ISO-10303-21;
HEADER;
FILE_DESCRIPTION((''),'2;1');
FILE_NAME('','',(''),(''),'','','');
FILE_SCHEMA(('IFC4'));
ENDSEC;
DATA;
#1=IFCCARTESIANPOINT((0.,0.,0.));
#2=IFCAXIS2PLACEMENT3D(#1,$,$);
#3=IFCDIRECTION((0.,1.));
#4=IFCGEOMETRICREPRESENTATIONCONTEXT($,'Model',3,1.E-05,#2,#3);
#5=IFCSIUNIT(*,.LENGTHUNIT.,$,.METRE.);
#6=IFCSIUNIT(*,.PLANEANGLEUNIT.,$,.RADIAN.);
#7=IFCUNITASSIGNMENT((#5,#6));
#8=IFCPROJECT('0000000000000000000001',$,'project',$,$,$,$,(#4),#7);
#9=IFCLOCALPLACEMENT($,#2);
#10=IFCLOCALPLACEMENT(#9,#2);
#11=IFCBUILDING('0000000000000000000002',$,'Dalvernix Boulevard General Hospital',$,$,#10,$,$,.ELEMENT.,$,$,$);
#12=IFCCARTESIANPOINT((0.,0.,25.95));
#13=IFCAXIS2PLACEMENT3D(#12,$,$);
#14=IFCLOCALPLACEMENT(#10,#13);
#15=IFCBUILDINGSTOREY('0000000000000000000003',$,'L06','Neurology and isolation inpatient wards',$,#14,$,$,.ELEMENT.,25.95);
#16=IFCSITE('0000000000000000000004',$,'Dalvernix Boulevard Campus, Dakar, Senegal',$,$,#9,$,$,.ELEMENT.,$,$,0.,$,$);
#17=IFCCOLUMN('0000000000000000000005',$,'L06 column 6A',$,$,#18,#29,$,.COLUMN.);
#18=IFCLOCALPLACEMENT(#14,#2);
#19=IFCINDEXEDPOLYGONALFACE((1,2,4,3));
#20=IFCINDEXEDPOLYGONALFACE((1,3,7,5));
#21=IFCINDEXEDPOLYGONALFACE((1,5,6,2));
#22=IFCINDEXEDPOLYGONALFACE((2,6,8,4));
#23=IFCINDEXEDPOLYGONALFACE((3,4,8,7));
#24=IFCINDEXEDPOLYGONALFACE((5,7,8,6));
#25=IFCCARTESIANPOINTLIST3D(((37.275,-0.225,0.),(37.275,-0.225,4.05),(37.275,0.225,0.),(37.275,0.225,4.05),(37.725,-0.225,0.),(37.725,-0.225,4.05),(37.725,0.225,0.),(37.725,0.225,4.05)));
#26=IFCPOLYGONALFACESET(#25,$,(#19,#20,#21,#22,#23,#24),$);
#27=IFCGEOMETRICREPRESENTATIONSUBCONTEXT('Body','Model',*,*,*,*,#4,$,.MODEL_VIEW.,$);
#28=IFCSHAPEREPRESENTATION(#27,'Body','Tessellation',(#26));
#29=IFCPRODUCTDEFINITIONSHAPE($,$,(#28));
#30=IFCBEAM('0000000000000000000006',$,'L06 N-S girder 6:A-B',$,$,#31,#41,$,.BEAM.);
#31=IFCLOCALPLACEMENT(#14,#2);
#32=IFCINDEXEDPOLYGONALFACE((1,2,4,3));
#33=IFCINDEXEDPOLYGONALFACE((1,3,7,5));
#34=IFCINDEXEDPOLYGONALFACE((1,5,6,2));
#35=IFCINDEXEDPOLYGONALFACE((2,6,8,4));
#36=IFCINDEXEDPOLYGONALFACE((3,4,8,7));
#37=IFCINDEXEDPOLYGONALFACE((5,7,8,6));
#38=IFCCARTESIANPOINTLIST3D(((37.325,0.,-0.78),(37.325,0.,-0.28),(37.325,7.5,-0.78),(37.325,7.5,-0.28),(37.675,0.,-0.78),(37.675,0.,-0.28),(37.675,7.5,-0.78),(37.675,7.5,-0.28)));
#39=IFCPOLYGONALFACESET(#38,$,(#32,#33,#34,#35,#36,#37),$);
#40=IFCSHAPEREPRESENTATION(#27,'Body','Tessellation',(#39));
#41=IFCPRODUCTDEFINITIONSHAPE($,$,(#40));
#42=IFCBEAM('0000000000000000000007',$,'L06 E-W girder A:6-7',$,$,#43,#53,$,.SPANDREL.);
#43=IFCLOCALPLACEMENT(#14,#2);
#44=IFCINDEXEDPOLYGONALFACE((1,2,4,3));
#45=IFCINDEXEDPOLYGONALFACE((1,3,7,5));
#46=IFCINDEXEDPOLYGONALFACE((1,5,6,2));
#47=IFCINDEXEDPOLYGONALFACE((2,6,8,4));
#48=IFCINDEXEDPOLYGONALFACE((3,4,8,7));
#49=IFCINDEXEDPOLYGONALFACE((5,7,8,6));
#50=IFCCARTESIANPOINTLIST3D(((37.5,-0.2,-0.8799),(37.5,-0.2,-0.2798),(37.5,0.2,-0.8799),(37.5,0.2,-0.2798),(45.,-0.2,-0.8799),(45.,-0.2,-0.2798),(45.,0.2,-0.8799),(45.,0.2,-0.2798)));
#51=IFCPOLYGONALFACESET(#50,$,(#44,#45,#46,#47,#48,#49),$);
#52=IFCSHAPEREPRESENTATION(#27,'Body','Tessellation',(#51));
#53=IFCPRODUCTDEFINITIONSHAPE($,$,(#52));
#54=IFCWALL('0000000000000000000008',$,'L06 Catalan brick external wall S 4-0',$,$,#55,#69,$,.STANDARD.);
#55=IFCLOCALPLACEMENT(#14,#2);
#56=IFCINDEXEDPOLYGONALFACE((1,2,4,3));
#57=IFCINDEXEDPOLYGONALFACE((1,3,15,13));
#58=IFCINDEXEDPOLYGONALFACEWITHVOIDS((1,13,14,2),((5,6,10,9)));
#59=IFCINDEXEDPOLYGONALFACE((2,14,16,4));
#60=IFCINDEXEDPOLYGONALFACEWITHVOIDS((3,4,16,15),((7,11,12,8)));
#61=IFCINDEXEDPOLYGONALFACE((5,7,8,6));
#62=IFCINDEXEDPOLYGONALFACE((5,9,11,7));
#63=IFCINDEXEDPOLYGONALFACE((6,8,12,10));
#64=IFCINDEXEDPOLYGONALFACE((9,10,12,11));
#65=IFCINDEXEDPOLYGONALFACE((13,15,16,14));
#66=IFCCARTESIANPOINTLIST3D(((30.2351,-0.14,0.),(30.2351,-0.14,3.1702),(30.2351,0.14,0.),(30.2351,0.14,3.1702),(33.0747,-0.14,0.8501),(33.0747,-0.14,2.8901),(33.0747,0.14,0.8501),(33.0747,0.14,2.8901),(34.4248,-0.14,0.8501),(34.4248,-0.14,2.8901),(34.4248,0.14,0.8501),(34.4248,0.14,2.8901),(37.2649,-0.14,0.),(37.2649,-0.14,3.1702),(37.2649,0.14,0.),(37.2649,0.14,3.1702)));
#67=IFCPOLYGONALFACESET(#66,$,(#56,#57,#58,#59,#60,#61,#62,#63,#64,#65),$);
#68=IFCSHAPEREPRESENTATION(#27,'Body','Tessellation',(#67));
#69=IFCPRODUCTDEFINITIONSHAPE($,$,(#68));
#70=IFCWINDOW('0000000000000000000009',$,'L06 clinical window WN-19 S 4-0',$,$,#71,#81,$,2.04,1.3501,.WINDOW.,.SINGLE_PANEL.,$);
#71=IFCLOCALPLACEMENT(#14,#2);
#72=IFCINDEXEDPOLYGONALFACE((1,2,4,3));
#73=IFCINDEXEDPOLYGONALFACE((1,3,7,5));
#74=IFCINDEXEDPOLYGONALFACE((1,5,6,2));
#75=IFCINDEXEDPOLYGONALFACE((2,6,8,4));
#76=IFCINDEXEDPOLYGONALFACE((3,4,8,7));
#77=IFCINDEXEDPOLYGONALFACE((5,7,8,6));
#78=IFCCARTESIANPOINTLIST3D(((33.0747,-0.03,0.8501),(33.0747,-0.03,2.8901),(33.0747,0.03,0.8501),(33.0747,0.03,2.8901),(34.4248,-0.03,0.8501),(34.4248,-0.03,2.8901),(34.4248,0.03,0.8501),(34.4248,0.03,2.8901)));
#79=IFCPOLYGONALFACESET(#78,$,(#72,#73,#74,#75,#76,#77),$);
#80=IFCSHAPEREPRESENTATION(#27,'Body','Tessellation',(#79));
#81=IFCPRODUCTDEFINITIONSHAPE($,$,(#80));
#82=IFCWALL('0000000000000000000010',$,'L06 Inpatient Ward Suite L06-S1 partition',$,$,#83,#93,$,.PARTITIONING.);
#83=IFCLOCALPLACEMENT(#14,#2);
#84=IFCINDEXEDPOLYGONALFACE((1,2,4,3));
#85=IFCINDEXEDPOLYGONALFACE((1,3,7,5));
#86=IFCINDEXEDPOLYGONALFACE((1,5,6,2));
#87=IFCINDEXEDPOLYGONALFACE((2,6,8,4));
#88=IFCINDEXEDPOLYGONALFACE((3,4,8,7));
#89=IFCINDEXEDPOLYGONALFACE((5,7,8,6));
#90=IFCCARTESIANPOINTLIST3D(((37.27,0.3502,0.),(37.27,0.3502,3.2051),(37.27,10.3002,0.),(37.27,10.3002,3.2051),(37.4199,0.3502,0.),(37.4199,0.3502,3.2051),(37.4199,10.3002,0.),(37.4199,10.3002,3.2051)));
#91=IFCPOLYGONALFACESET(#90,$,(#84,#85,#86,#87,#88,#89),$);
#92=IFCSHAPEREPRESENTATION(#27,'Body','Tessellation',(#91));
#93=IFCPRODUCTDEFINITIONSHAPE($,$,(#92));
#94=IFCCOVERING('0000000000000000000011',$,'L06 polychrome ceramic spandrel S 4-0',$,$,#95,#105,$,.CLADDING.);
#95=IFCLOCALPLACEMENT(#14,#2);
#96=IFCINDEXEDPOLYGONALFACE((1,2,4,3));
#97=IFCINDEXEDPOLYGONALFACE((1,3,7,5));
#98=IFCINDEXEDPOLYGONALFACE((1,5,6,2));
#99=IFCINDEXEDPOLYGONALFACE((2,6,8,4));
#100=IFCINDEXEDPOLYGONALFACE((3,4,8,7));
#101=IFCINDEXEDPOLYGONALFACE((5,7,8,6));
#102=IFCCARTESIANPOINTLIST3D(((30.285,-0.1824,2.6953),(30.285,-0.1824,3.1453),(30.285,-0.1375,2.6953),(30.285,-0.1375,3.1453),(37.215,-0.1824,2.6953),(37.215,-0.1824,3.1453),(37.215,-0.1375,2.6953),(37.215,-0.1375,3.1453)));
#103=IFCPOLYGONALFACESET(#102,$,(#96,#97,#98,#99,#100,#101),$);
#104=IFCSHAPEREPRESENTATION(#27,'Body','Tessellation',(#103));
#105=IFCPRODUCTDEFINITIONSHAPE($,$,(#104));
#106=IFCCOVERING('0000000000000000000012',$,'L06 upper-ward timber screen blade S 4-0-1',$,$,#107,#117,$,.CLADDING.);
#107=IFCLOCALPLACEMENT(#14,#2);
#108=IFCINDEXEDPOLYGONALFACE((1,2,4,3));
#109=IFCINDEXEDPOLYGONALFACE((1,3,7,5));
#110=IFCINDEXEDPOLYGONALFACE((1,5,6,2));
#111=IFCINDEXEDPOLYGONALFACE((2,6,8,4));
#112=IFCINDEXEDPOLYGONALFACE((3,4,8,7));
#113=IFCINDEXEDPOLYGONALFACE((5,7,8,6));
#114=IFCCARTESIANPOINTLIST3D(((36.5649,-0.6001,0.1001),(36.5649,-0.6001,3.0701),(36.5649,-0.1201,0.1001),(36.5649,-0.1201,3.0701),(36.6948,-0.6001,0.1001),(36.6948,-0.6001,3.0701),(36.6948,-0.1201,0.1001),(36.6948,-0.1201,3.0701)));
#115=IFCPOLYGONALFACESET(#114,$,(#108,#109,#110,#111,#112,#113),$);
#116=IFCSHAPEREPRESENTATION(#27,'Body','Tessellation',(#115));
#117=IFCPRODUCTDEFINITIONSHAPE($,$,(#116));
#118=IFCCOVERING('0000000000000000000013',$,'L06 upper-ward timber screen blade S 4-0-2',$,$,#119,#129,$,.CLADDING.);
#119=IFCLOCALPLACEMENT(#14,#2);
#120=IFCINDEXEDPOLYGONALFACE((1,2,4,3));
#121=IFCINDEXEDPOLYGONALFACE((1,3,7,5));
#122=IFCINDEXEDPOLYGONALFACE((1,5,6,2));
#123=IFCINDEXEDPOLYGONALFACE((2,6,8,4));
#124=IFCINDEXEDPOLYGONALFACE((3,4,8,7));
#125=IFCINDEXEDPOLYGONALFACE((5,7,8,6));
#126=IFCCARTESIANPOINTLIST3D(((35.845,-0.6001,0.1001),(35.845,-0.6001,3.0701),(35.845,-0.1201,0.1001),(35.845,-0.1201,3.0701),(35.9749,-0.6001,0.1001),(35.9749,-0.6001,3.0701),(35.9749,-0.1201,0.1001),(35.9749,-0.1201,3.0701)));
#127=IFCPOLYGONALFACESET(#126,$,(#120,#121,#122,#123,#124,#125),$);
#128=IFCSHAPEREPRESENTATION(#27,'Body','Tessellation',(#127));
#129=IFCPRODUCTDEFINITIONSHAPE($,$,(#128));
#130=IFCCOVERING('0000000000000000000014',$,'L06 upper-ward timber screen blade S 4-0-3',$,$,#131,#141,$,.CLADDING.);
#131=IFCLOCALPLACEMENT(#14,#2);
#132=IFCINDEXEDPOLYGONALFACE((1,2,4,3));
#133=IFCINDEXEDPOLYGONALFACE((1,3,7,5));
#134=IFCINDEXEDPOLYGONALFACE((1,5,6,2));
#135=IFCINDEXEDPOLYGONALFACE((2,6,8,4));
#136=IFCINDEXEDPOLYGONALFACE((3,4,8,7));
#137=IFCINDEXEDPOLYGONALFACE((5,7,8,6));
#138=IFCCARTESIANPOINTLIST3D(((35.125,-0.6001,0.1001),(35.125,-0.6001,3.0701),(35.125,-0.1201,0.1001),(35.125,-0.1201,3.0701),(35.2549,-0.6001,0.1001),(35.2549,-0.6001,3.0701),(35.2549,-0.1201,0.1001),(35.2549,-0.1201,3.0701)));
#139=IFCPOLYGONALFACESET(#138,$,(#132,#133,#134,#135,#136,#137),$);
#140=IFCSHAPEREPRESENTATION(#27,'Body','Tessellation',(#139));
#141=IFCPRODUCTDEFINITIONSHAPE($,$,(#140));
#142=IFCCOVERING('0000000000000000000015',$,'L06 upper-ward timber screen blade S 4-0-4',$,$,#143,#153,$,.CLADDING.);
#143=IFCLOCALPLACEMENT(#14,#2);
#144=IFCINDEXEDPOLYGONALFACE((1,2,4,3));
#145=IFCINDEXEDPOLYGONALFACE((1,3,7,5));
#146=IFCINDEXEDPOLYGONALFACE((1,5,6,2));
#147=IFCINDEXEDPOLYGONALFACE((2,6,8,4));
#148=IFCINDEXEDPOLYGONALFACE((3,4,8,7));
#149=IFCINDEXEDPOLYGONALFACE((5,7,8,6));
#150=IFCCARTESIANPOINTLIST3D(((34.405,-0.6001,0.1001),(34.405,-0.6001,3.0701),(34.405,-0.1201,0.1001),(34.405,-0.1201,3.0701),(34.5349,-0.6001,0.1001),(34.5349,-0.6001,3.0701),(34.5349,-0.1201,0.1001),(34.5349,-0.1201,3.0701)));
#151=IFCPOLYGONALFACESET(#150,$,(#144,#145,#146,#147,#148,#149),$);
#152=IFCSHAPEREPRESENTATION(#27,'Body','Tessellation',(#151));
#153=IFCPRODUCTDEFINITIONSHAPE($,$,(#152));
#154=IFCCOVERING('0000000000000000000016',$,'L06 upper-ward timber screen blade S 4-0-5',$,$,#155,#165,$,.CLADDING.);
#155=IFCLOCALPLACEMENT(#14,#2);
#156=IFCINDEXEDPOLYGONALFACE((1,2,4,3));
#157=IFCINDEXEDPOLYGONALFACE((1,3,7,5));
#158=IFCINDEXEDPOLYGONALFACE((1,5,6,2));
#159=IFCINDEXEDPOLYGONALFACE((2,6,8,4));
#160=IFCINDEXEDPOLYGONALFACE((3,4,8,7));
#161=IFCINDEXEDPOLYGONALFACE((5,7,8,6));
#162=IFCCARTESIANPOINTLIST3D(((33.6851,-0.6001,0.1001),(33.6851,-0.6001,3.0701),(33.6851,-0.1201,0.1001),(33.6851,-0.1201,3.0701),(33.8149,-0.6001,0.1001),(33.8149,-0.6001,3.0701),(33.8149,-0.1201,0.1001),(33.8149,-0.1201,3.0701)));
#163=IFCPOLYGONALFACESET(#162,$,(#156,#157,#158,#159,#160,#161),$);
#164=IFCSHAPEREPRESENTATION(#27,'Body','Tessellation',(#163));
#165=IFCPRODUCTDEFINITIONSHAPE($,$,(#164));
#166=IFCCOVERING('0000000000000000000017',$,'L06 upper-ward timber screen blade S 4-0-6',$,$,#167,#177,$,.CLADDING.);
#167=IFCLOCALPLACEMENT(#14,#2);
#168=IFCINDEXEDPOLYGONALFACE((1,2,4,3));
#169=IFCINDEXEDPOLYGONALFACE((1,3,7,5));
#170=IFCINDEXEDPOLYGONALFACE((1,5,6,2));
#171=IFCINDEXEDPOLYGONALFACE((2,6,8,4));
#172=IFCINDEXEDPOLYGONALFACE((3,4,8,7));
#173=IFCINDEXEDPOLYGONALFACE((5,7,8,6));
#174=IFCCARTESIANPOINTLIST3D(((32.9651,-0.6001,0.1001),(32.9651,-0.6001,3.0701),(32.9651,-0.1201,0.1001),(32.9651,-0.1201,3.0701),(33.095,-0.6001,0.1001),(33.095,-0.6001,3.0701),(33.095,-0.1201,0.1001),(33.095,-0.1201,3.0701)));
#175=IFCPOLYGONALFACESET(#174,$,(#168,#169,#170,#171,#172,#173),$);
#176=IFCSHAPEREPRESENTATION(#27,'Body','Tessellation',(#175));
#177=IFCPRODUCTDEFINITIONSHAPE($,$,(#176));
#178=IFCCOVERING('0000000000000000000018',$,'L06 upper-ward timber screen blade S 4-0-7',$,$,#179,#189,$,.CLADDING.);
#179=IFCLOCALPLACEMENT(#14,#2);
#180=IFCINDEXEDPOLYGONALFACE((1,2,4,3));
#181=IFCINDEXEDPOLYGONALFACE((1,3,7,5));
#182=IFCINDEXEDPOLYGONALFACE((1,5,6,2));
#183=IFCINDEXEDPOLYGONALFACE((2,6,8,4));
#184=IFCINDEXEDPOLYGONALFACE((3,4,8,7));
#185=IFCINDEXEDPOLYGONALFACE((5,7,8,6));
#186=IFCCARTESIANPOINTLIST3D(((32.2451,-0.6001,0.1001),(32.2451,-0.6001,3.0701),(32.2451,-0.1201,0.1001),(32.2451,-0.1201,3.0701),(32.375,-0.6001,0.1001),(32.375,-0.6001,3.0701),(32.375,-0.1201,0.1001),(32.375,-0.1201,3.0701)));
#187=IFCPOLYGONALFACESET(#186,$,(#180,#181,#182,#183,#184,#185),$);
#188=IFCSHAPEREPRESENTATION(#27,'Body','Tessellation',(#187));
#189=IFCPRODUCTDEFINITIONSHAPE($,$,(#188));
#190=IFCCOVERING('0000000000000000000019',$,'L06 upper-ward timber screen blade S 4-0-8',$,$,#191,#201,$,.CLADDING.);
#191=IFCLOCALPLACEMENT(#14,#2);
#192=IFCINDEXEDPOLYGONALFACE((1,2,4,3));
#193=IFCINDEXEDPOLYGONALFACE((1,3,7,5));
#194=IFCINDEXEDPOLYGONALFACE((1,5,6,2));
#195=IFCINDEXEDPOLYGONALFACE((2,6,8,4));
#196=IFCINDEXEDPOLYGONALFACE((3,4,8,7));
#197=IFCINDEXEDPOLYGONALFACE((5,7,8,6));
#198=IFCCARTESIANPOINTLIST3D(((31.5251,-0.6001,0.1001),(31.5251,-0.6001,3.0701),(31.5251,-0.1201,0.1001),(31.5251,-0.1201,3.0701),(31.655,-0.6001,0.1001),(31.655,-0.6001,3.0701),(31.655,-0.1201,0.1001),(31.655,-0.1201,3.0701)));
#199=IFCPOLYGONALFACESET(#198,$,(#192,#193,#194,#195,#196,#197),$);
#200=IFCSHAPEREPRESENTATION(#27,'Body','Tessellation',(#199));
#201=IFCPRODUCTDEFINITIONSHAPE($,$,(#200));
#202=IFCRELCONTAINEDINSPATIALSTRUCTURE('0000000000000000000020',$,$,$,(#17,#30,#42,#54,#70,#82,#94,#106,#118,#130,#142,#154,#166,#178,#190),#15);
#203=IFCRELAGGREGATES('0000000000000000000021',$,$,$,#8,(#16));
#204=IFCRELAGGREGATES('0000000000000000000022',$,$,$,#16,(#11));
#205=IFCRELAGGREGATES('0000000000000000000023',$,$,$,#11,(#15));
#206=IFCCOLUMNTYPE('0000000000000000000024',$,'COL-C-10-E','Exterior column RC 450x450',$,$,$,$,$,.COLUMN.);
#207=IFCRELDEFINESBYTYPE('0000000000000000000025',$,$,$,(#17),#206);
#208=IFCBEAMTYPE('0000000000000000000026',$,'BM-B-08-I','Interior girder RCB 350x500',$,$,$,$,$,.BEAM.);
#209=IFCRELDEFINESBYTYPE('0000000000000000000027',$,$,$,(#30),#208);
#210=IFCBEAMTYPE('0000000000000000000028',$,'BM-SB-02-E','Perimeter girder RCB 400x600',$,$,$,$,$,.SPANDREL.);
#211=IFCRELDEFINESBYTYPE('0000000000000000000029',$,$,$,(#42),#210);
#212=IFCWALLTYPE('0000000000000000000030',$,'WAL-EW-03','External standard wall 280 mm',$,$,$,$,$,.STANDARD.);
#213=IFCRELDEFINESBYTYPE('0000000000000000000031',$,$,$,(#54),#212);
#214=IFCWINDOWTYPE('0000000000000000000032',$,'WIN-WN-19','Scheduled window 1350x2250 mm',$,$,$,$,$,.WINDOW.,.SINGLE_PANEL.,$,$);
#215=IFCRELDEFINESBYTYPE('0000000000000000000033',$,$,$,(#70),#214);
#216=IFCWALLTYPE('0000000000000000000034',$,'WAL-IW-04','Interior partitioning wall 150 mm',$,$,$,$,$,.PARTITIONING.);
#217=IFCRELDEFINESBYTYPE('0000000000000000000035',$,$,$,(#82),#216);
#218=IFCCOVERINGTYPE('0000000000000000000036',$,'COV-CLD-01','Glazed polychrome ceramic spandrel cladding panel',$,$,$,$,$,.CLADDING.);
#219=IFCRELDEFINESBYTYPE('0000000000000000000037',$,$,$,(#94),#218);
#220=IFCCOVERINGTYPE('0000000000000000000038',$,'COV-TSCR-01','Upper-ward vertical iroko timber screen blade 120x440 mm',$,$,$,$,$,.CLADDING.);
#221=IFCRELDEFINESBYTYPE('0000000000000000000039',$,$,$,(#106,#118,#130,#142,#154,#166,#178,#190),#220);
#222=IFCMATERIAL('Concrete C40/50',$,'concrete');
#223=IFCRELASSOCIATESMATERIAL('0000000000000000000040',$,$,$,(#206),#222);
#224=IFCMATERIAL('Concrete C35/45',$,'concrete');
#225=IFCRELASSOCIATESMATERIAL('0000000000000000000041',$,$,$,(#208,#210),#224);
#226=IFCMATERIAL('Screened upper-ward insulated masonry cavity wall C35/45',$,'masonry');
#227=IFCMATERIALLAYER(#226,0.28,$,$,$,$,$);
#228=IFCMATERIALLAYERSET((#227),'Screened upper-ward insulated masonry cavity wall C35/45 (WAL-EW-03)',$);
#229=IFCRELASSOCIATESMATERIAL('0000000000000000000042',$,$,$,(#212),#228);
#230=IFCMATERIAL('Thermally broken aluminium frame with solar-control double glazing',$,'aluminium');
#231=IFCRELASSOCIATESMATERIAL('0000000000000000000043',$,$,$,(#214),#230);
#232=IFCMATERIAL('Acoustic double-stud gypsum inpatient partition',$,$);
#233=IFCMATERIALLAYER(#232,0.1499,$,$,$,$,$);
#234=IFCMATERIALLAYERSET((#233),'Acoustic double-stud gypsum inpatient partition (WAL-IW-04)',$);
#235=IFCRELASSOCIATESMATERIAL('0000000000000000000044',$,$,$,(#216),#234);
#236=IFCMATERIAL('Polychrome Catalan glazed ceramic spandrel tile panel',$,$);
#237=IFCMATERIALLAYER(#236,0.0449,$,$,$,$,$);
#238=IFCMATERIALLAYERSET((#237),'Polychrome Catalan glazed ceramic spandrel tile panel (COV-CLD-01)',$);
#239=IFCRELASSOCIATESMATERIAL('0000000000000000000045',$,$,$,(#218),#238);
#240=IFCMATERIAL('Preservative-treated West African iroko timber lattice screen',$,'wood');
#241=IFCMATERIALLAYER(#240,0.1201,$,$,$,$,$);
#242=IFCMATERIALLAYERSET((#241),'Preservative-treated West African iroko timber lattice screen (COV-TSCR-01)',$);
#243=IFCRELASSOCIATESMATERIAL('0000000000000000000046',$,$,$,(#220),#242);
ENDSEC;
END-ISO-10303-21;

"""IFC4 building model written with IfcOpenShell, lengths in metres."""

from ifc_helpers import new_model, si_unit, direction, frame, frame_2d, origin, origin_2d, place, context, subcontext, project, spatial, rectangle, extrude, material, layer, layer_set, material_profile, profile_set, type_object, element, fill, save


model = new_model("IFC4")

# Units and contexts
model_context = context("Model", 3, precision=1e-05, world=origin(), true_north=direction((0.0, 1.0)))
body_context = subcontext(model_context, "Body", "Model", "MODEL_VIEW")
ifc_project = project(units=[si_unit("LENGTHUNIT", "METRE"), si_unit("PLANEANGLEUNIT", "RADIAN")], contexts=[model_context])

# Site, building, storey
site_placement = place(None, origin())
site = spatial("IfcSite", under=ifc_project, at=site_placement, Name="Dalvernix Boulevard Campus, Dakar, Senegal", CompositionType="ELEMENT", RefElevation=0.0)
building_placement = place(site_placement, origin())
building = spatial("IfcBuilding", under=site, at=building_placement, Name="Dalvernix Boulevard General Hospital", CompositionType="ELEMENT")
storey_placement = place(building_placement, frame((0.0, 0.0, 25.95)))
storey = spatial("IfcBuildingStorey", under=building, at=storey_placement, Name="L06", Description="Neurology and isolation inpatient wards", CompositionType="ELEMENT", Elevation=25.95)

# Column
ifc_material_1 = material(Name="Concrete C40/50", Category="concrete")
ifc_material_profile_1 = material_profile(ifc_material_1, rectangle(XDim=0.45, YDim=0.45, at=origin_2d()), Name="RC 450x450")
ifc_profile_set_1 = profile_set([ifc_material_profile_1], Name="Concrete C40/50")
column_type = type_object("IfcColumnType", Name="COL-C-10-E", Description="Exterior column RC 450x450", PredefinedType="COLUMN", material=ifc_profile_set_1)
column_placement = place(storey_placement, frame((37.5, 0.0, 0.0), z_axis=(0.0, 0.0, 1.0), x_axis=(1.0, 0.0, 0.0)))
element("IfcColumn", 1, at=column_placement, inside=storey, type_object=column_type, Name="L06 column 6A", PredefinedType="COLUMN", context=body_context, shape_type="SweptSolid", body=[
    extrude(rectangle(XDim=0.45, YDim=0.45, at=origin_2d()), origin(), (0.0, 0.0, 1.0), 4.05),
])

# Beams
ifc_material_2 = material(Name="Concrete C35/45", Category="concrete")
ifc_material_profile_2 = material_profile(ifc_material_2, rectangle(XDim=0.3501, YDim=0.5, at=origin_2d()), Name="RCB 350x500")
ifc_profile_set_2 = profile_set([ifc_material_profile_2], Name="Concrete C35/45")
beam_type_1 = type_object("IfcBeamType", Name="BM-B-08-I", Description="Interior girder RCB 350x500", PredefinedType="BEAM", material=ifc_profile_set_2)
beam_1_placement = place(storey_placement, frame((37.5, 0.0, -0.53), z_axis=(0.0, 1.0, 0.0), x_axis=(-1.0, 0.0, 0.0)))
element("IfcBeam", 2, at=beam_1_placement, inside=storey, type_object=beam_type_1, Name="L06 N-S girder 6:A-B", PredefinedType="BEAM", context=body_context, shape_type="SweptSolid", body=[
    extrude(rectangle(XDim=0.3501, YDim=0.5, at=origin_2d()), origin(), (0.0, 0.0, 1.0), 7.5),
])
ifc_material_profile_3 = material_profile(ifc_material_2, rectangle(XDim=0.3999, YDim=0.6001, at=origin_2d()), Name="RCB 400x600")
ifc_profile_set_3 = profile_set([ifc_material_profile_3], Name="Concrete C35/45")
beam_type_2 = type_object("IfcBeamType", Name="BM-SB-02-E", Description="Perimeter girder RCB 400x600", PredefinedType="SPANDREL", material=ifc_profile_set_3)
beam_2_placement = place(storey_placement, frame((37.5, 0.0, -0.5798), z_axis=(1.0, 0.0, 0.0), x_axis=(0.0, 1.0, 0.0)))
element("IfcBeam", 3, at=beam_2_placement, inside=storey, type_object=beam_type_2, Name="L06 E-W girder A:6-7", PredefinedType="SPANDREL", context=body_context, shape_type="SweptSolid", body=[
    extrude(rectangle(XDim=0.3999, YDim=0.6001, at=origin_2d()), origin(), (0.0, 0.0, 1.0), 7.5),
])

# Wall, opening, window
ifc_material_3 = material(Name="Screened upper-ward insulated masonry cavity wall C35/45", Category="masonry")
ifc_layer_1 = layer(ifc_material_3, 0.28)
ifc_layer_set_1 = layer_set([ifc_layer_1], Name="Screened upper-ward insulated masonry cavity wall C35/45 (WAL-EW-03)")
wall_type_1 = type_object("IfcWallType", Name="WAL-EW-03", Description="External standard wall 280 mm", PredefinedType="STANDARD", material=ifc_layer_set_1)
wall_1_placement = place(storey_placement, frame((37.2649, 0.0, 0.0), z_axis=(0.0, 0.0, 1.0), x_axis=(-1.0, 0.0, 0.0)))
wall_1 = element("IfcWall", 4, at=wall_1_placement, inside=storey, type_object=wall_type_1, Name="L06 Catalan brick external wall S 4-0", PredefinedType="STANDARD", context=body_context, shape_type="SweptSolid", body=[
    extrude(rectangle(XDim=7.0298, YDim=0.28, at=frame_2d((3.5149, 0.0))), origin(), (0.0, 0.0, 1.0), 3.1702),
])
opening_placement = place(wall_1_placement, frame((2.8401, 0.0, 0.8501)))
opening = element("IfcOpeningElement", 5, at=opening_placement, cuts=wall_1, PredefinedType="OPENING", context=body_context, shape_type="SweptSolid", body=[
    extrude(rectangle(XDim=1.3501, YDim=2.04, at=frame_2d((0.675, 1.02))), frame((0.0, 0.1499, 0.0), z_axis=(0.0, -1.0, 0.0), x_axis=(1.0, 0.0, 0.0)), (0.0, 0.0, 1.0), 0.3),
])
ifc_material_4 = material(Name="Thermally broken aluminium frame with solar-control double glazing", Category="aluminium")
window_type = type_object("IfcWindowType", Name="WIN-WN-19", Description="Scheduled window 1350x2250 mm", PartitioningType="SINGLE_PANEL", PredefinedType="WINDOW", material=ifc_material_4)
window_placement = place(opening_placement, origin())
window = element("IfcWindow", 6, at=window_placement, inside=storey, type_object=window_type, Name="L06 clinical window WN-19 S 4-0", OverallHeight=2.04, OverallWidth=1.3501, PartitioningType="SINGLE_PANEL", PredefinedType="WINDOW", context=body_context, shape_type="SweptSolid", body=[
    extrude(rectangle(XDim=1.3501, YDim=2.04, at=frame_2d((0.675, 1.02))), frame((0.0, 0.03, 0.0), z_axis=(0.0, -1.0, 0.0), x_axis=(1.0, 0.0, 0.0)), (0.0, 0.0, 1.0), 0.0601),
])
fill(opening, window)

# Wall
ifc_material_5 = material(Name="Acoustic double-stud gypsum inpatient partition")
ifc_layer_2 = layer(ifc_material_5, 0.1499)
ifc_layer_set_2 = layer_set([ifc_layer_2], Name="Acoustic double-stud gypsum inpatient partition (WAL-IW-04)")
wall_type_2 = type_object("IfcWallType", Name="WAL-IW-04", Description="Interior partitioning wall 150 mm", PredefinedType="PARTITIONING", material=ifc_layer_set_2)
wall_2_placement = place(storey_placement, frame((37.345, 0.3501, 0.0), z_axis=(0.0, 0.0, 1.0), x_axis=(0.0, 1.0, 0.0)))
element("IfcWall", 7, at=wall_2_placement, inside=storey, type_object=wall_type_2, Name="L06 Inpatient Ward Suite L06-S1 partition", PredefinedType="PARTITIONING", context=body_context, shape_type="SweptSolid", body=[
    extrude(rectangle(XDim=9.95, YDim=0.1499, at=frame_2d((4.9751, 0.0))), origin(), (0.0, 0.0, 1.0), 3.2051),
])

# Coverings
ifc_material_6 = material(Name="Polychrome Catalan glazed ceramic spandrel tile panel")
ifc_layer_3 = layer(ifc_material_6, 0.0449)
ifc_layer_set_3 = layer_set([ifc_layer_3], Name="Polychrome Catalan glazed ceramic spandrel tile panel (COV-CLD-01)")
covering_type_1 = type_object("IfcCoveringType", Name="COV-CLD-01", Description="Glazed polychrome ceramic spandrel cladding panel", PredefinedType="CLADDING", material=ifc_layer_set_3)
covering_placement = place(storey_placement, frame((33.75, -0.1599, 2.6953), z_axis=(0.0, 0.0, 1.0), x_axis=(-1.0, 0.0, 0.0)))
element("IfcCovering", 8, at=covering_placement, inside=storey, type_object=covering_type_1, Name="L06 polychrome ceramic spandrel S 4-0", PredefinedType="CLADDING", context=body_context, shape_type="SweptSolid", body=[
    extrude(rectangle(XDim=6.9299, YDim=0.0449, at=origin_2d()), origin(), (0.0, 0.0, 1.0), 0.45),
])
ifc_material_7 = material(Name="Preservative-treated West African iroko timber lattice screen", Category="wood")
ifc_layer_4 = layer(ifc_material_7, 0.1201)
ifc_layer_set_4 = layer_set([ifc_layer_4], Name="Preservative-treated West African iroko timber lattice screen (COV-TSCR-01)")
covering_type_2 = type_object("IfcCoveringType", Name="COV-TSCR-01", Description="Upper-ward vertical iroko timber screen blade 120x440 mm", PredefinedType="CLADDING", material=ifc_layer_set_4)
for number, where, z_axis, x_axis, name in (
    (9, (36.6299, -0.3601, 0.1001), (0.0, 0.0, 1.0), (-1.0, 0.0, 0.0), "L06 upper-ward timber screen blade S 4-0-1"),
    (10, (35.9099, -0.3601, 0.1001), (0.0, 0.0, 1.0), (-1.0, 0.0, 0.0), "L06 upper-ward timber screen blade S 4-0-2"),
    (11, (35.1899, -0.3601, 0.1001), (0.0, 0.0, 1.0), (-1.0, 0.0, 0.0), "L06 upper-ward timber screen blade S 4-0-3"),
    (12, (34.47, -0.3601, 0.1001), (0.0, 0.0, 1.0), (-1.0, 0.0, 0.0), "L06 upper-ward timber screen blade S 4-0-4"),
    (13, (33.75, -0.3601, 0.1001), (0.0, 0.0, 1.0), (-1.0, 0.0, 0.0), "L06 upper-ward timber screen blade S 4-0-5"),
    (14, (33.03, -0.3601, 0.1001), (0.0, 0.0, 1.0), (-1.0, 0.0, 0.0), "L06 upper-ward timber screen blade S 4-0-6"),
    (15, (32.3101, -0.3601, 0.1001), (0.0, 0.0, 1.0), (-1.0, 0.0, 0.0), "L06 upper-ward timber screen blade S 4-0-7"),
    (16, (31.5901, -0.3601, 0.1001), (0.0, 0.0, 1.0), (-1.0, 0.0, 0.0), "L06 upper-ward timber screen blade S 4-0-8"),
):
    element("IfcCovering", number, at=place(storey_placement, frame(where, z_axis=z_axis, x_axis=x_axis)), inside=storey, type_object=covering_type_2, Name=name, PredefinedType="CLADDING", context=body_context, shape_type="SweptSolid", body=[
        extrude(rectangle(XDim=0.1299, YDim=0.48, at=origin_2d()), origin(), (0.0, 0.0, 1.0), 2.97),
    ])

save(model, "model.ifc")
